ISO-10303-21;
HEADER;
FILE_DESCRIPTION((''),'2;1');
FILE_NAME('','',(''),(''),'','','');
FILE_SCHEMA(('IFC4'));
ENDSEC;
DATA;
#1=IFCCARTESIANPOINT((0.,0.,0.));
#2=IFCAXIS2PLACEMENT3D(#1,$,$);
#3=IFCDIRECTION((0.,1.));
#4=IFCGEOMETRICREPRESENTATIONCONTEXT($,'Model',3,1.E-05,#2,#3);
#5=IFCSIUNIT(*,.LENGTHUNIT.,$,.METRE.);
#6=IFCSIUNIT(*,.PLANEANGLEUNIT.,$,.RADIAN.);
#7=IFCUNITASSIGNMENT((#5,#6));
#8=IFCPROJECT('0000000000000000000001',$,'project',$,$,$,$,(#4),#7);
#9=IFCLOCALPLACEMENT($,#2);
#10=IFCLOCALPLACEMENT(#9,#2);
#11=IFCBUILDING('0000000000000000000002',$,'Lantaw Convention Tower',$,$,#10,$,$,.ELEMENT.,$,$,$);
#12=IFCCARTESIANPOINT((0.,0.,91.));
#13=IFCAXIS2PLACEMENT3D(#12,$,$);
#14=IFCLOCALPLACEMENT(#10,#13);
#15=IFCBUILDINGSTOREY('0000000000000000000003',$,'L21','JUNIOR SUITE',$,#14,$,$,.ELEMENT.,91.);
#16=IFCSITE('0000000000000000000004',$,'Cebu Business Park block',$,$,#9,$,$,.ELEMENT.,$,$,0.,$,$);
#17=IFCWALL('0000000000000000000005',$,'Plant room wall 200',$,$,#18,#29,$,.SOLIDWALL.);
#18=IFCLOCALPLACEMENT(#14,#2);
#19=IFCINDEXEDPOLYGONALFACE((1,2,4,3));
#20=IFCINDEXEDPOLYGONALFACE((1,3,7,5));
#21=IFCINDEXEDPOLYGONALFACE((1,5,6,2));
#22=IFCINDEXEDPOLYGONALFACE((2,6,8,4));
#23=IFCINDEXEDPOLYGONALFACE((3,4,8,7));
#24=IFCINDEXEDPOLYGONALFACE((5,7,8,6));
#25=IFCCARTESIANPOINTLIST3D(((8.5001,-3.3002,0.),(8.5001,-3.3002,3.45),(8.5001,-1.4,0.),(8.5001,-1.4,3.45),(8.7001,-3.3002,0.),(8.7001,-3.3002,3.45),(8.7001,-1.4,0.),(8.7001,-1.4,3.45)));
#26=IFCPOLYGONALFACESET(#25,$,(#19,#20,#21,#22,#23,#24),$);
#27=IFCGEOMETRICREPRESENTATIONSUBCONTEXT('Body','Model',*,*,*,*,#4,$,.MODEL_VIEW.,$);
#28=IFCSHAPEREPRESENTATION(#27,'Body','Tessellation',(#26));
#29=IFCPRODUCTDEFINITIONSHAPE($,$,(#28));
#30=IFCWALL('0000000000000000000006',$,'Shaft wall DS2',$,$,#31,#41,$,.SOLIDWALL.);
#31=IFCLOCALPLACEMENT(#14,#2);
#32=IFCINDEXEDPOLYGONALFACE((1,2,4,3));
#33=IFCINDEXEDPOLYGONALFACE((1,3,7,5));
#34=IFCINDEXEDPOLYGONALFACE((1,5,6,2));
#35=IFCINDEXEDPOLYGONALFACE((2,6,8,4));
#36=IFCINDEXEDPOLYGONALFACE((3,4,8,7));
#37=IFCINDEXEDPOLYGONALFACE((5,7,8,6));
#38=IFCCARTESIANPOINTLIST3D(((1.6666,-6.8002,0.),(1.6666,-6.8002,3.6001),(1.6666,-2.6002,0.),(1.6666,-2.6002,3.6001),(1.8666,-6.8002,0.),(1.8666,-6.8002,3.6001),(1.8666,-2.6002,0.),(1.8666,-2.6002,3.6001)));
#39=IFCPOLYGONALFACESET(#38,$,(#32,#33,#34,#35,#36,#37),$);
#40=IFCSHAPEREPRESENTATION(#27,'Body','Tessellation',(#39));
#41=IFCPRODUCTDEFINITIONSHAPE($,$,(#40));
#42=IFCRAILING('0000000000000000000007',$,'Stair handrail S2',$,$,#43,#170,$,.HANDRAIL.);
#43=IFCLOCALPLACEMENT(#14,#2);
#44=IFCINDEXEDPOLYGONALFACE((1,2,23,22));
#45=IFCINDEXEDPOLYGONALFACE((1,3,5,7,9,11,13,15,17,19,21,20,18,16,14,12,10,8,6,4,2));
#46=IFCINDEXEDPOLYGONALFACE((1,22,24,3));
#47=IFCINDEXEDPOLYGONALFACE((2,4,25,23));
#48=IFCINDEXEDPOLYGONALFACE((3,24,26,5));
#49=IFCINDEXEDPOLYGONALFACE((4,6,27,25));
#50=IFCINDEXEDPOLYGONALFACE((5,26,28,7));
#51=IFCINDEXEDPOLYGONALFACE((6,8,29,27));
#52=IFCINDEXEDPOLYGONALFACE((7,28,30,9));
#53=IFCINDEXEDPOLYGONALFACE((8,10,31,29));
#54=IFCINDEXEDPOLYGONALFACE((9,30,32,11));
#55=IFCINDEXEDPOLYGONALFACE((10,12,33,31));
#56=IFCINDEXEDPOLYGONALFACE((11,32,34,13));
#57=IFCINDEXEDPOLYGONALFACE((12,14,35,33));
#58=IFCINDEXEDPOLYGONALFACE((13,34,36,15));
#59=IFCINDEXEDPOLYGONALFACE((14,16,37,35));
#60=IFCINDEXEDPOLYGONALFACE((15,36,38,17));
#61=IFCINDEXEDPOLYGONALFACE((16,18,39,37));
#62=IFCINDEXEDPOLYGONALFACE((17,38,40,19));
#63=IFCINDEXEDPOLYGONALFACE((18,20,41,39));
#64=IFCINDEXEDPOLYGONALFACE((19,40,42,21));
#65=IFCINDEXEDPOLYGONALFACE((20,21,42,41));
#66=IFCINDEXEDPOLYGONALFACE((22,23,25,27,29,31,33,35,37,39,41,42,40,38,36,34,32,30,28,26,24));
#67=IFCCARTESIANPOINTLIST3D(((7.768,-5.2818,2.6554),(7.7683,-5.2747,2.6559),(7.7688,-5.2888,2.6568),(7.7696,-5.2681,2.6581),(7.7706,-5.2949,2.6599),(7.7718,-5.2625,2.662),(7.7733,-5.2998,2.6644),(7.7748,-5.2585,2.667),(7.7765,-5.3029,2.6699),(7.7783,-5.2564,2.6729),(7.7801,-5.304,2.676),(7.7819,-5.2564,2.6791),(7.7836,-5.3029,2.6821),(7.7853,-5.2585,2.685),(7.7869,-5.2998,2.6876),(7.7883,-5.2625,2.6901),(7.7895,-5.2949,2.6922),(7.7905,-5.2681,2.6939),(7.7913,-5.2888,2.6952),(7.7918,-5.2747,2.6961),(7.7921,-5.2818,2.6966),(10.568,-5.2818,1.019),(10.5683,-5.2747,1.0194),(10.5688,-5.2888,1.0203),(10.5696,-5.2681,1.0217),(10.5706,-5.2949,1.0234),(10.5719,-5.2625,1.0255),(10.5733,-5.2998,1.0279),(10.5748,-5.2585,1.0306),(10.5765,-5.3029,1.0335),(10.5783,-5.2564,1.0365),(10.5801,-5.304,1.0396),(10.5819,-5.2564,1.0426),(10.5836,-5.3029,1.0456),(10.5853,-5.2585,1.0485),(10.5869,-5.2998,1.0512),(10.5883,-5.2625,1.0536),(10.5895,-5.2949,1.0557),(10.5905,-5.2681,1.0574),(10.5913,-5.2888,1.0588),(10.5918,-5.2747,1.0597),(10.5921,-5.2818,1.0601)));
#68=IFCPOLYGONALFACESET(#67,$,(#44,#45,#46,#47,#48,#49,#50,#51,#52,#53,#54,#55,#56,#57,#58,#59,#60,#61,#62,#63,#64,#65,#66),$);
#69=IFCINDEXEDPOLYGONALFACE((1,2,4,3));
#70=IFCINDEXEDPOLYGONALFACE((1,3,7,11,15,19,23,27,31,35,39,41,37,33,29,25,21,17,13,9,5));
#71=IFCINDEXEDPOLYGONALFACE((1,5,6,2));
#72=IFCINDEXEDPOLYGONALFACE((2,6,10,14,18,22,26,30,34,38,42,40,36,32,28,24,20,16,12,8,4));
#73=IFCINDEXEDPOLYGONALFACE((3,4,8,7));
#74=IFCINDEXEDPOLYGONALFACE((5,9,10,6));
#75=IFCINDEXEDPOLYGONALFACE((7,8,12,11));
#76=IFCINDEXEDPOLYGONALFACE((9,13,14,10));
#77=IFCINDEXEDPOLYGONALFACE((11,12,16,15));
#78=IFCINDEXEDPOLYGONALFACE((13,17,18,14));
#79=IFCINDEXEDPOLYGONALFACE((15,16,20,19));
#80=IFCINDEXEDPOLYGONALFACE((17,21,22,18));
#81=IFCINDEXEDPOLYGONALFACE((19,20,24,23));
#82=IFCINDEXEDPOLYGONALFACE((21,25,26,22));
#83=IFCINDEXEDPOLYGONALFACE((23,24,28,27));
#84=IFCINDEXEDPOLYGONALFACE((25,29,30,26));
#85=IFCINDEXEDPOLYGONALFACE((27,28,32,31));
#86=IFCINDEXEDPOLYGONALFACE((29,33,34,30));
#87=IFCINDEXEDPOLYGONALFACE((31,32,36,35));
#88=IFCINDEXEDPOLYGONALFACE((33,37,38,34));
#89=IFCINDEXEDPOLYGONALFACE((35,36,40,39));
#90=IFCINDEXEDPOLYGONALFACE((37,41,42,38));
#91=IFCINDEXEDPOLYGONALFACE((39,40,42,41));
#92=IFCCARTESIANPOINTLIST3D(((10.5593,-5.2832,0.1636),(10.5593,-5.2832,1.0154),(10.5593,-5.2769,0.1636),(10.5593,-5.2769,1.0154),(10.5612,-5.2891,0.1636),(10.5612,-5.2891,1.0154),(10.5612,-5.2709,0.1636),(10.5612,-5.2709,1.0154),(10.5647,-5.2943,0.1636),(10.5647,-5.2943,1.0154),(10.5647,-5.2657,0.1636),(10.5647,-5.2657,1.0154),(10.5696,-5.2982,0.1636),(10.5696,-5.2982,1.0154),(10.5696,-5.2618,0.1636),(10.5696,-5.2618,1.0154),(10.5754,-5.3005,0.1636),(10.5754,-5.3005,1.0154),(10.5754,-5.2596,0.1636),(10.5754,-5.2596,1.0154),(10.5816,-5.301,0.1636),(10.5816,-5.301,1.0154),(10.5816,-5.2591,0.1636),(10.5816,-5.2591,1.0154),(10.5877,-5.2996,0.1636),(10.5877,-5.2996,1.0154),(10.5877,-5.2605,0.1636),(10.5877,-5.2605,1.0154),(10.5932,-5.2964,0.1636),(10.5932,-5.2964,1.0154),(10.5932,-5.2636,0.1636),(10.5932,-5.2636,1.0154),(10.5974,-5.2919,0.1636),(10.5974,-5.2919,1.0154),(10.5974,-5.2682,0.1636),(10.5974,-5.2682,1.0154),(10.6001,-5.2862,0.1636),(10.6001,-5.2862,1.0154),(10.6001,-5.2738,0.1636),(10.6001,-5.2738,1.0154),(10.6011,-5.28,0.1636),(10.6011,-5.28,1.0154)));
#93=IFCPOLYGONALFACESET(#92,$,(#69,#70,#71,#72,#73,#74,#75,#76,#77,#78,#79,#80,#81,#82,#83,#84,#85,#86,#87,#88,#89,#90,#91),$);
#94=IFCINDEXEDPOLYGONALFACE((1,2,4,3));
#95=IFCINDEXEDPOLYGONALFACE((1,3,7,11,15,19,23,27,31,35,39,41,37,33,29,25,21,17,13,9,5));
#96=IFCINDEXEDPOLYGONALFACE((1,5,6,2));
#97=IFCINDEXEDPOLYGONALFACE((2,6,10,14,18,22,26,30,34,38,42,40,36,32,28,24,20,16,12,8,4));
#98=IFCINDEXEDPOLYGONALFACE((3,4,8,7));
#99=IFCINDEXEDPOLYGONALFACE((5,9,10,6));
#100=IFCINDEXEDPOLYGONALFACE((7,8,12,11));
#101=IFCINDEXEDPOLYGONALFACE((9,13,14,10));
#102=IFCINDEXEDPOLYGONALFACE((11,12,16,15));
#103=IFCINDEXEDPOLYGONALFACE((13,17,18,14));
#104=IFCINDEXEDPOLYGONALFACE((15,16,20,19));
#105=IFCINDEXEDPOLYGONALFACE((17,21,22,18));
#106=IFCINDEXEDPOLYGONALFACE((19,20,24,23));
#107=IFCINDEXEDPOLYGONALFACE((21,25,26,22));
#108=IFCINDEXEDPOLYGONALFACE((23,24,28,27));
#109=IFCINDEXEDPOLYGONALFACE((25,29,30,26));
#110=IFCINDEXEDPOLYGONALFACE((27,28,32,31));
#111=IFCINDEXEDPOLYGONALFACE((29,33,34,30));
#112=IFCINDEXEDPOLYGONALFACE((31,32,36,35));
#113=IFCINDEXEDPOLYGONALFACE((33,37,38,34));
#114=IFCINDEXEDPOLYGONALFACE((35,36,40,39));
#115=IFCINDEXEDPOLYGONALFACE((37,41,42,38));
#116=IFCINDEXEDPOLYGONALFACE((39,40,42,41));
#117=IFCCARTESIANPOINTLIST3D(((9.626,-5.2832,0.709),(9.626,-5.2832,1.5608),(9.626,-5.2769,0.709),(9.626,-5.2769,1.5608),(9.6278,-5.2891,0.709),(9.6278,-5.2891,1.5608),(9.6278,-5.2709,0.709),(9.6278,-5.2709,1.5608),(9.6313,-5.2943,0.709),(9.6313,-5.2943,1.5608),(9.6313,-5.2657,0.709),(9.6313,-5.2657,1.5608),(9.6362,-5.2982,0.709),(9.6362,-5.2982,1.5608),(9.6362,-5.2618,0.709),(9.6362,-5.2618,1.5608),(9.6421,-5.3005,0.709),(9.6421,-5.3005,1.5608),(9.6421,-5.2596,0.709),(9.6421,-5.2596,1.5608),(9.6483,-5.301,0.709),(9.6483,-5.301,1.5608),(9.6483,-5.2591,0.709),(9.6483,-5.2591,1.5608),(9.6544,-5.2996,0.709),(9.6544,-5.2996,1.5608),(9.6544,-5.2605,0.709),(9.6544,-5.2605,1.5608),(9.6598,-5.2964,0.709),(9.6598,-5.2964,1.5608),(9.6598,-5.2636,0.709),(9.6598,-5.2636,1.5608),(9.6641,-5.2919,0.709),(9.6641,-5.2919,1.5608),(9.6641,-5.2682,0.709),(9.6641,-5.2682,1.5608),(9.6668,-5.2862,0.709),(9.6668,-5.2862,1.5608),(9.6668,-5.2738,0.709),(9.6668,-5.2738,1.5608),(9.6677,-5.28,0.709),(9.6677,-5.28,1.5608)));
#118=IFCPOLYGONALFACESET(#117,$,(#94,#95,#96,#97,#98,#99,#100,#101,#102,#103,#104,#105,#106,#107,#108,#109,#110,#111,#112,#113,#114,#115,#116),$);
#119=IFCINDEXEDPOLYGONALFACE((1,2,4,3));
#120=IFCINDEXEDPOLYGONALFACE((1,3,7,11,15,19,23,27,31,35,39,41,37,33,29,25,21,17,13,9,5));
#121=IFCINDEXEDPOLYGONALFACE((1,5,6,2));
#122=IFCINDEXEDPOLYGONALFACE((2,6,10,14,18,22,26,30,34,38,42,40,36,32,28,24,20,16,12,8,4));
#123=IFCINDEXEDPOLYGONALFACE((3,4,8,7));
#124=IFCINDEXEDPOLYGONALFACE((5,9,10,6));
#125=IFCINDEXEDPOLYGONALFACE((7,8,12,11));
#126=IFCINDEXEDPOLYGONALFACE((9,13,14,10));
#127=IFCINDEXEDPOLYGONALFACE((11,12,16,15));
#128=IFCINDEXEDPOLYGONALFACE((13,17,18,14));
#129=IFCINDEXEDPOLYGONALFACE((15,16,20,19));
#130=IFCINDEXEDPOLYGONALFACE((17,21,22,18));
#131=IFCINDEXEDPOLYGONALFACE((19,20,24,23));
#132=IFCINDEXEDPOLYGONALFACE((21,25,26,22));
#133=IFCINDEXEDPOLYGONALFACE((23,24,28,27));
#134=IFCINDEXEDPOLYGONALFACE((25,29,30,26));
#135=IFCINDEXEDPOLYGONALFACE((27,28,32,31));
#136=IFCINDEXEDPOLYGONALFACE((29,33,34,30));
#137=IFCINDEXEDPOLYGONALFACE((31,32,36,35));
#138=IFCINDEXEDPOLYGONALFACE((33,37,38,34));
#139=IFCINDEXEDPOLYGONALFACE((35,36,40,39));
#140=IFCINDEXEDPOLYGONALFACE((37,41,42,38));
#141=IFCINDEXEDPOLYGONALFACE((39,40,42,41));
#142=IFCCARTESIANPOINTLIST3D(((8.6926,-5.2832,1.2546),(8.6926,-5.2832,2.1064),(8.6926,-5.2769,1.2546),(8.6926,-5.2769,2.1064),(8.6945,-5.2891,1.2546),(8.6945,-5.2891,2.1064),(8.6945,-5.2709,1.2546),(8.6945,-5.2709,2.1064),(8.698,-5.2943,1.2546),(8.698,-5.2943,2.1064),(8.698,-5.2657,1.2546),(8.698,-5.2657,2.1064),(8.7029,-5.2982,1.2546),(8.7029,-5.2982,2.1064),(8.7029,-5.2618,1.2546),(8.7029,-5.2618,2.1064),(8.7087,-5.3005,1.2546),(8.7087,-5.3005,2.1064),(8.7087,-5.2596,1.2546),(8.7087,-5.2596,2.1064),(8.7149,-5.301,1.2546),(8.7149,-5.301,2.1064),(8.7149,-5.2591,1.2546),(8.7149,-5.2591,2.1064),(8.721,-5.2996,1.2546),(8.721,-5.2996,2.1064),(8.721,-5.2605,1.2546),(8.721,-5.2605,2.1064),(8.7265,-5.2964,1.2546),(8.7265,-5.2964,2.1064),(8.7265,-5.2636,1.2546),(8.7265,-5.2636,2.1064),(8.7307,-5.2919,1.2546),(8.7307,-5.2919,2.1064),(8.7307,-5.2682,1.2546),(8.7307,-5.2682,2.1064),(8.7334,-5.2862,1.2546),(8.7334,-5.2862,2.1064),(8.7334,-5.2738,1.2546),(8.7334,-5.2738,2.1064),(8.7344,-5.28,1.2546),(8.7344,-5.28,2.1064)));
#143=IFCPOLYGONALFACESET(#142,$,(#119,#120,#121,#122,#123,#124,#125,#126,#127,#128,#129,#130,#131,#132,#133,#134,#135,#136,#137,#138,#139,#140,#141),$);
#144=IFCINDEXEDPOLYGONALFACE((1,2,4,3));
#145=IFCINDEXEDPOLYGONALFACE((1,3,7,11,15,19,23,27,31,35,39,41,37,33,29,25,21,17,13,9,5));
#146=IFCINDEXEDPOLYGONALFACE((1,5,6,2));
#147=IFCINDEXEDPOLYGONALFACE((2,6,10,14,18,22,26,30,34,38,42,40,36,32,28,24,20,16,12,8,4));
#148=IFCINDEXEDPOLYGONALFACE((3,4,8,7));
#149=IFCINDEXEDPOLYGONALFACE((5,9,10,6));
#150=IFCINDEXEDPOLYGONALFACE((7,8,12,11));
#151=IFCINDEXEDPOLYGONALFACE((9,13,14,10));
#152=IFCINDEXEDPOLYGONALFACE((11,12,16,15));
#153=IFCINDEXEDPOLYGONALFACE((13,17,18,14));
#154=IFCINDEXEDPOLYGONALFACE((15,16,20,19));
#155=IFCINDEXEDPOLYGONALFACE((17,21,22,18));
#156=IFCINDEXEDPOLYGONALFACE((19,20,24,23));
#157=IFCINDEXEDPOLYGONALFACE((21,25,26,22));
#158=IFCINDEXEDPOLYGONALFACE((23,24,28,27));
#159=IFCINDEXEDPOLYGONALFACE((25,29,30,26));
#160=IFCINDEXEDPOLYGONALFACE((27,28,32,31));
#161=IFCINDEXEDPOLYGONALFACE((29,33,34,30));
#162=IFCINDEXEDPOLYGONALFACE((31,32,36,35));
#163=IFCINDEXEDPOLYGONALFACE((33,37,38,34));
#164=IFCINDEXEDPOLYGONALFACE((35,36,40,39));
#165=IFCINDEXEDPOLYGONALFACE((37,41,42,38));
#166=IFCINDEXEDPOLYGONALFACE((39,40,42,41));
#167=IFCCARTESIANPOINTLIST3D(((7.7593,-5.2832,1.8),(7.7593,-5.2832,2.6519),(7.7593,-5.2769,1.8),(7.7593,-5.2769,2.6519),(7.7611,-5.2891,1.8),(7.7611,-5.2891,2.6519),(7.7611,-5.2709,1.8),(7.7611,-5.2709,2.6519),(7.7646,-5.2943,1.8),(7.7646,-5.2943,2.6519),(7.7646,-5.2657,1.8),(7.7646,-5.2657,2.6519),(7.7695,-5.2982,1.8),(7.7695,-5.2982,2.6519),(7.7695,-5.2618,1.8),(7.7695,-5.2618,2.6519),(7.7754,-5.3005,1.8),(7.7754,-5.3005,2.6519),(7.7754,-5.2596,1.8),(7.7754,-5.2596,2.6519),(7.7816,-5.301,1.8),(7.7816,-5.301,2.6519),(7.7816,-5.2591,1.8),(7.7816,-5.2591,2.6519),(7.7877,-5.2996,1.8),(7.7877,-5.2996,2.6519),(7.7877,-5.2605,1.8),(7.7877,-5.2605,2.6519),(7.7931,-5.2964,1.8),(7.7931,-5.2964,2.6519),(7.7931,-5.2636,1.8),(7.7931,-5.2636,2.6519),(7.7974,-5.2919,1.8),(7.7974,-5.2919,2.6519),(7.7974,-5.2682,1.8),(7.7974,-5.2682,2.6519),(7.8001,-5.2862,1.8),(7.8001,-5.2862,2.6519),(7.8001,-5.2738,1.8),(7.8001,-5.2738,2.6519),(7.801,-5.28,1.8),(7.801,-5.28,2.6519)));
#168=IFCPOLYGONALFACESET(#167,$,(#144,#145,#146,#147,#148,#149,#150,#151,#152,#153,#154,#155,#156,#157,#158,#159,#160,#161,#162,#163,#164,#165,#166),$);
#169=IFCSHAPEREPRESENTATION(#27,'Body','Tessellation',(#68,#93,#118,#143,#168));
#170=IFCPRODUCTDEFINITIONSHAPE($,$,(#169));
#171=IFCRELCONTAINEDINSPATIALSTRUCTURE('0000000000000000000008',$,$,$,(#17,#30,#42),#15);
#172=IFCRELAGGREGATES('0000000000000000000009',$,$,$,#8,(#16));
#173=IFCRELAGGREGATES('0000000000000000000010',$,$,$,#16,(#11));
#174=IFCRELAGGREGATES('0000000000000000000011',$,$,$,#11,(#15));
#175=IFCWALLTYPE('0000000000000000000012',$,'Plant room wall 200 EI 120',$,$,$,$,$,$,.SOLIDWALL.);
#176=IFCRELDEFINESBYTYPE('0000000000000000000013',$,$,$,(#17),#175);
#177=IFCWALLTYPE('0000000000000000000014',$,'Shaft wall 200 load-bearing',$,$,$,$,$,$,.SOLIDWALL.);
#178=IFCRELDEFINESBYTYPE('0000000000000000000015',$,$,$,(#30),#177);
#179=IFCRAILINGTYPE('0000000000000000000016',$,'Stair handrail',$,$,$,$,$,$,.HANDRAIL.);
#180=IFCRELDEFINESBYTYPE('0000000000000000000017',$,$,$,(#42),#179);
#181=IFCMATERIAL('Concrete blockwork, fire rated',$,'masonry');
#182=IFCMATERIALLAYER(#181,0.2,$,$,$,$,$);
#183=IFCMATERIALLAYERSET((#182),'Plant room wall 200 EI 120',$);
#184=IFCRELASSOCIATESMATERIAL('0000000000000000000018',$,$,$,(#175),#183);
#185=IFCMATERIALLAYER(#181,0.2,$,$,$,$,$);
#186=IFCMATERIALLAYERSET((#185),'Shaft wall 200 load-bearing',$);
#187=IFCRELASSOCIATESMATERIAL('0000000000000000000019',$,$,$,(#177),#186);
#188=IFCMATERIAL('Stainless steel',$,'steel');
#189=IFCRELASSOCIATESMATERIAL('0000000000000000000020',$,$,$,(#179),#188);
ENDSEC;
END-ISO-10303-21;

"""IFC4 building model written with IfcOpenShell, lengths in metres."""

from ifc_helpers import new_model, si_unit, direction, frame, frame_2d, origin, origin_2d, place, context, subcontext, project, spatial, rectangle, circle, extrude, material, layer, layer_set, type_object, element, save


model = new_model("IFC4")

# Units and contexts
model_context = context("Model", 3, precision=1e-05, world=origin(), true_north=direction((0.0, 1.0)))
body_context = subcontext(model_context, "Body", "Model", "MODEL_VIEW")
ifc_project = project(units=[si_unit("LENGTHUNIT", "METRE"), si_unit("PLANEANGLEUNIT", "RADIAN")], contexts=[model_context])

# Site, building, storey
site_placement = place(None, origin())
site = spatial("IfcSite", under=ifc_project, at=site_placement, Name="Cebu Business Park block", CompositionType="ELEMENT", RefElevation=0.0)
building_placement = place(site_placement, origin())
building = spatial("IfcBuilding", under=site, at=building_placement, Name="Lantaw Convention Tower", CompositionType="ELEMENT")
storey_placement = place(building_placement, frame((0.0, 0.0, 91.0)))
storey = spatial("IfcBuildingStorey", under=building, at=storey_placement, Name="L21", Description="JUNIOR SUITE", CompositionType="ELEMENT", Elevation=91.0)

# Shared definitions
ifc_material_1 = material(Name="Concrete blockwork, fire rated", Category="masonry")
ifc_layer_1 = layer(ifc_material_1, 0.2)
ifc_layer_set_1 = layer_set([ifc_layer_1], Name="Plant room wall 200 EI 120")
wall_type_1 = type_object("IfcWallType", Name="Plant room wall 200 EI 120", PredefinedType="SOLIDWALL", material=ifc_layer_set_1)

# Walls
wall_1_placement = place(storey_placement, frame((8.6001, -1.3999, 0.0), z_axis=(0.0, 0.0, 1.0), x_axis=(0.0, -1.0, 0.0)))
element("IfcWall", 1, at=wall_1_placement, inside=storey, type_object=wall_type_1, Name="Plant room wall 200", PredefinedType="SOLIDWALL", context=body_context, shape_type="SweptSolid", body=[
    extrude(rectangle(XDim=1.9001, YDim=0.2, at=frame_2d((0.9502, 0.0))), origin(), (0.0, 0.0, 1.0), 3.45),
])
ifc_layer_2 = layer(ifc_material_1, 0.2)
ifc_layer_set_2 = layer_set([ifc_layer_2], Name="Shaft wall 200 load-bearing")
wall_type_2 = type_object("IfcWallType", Name="Shaft wall 200 load-bearing", PredefinedType="SOLIDWALL", material=ifc_layer_set_2)
wall_2_placement = place(storey_placement, frame((1.7666, -2.6001, 0.0), z_axis=(0.0, 0.0, 1.0), x_axis=(0.0, -1.0, 0.0)))
element("IfcWall", 2, at=wall_2_placement, inside=storey, type_object=wall_type_2, Name="Shaft wall DS2", PredefinedType="SOLIDWALL", context=body_context, shape_type="SweptSolid", body=[
    extrude(rectangle(XDim=4.2, YDim=0.2, at=frame_2d((2.1001, 0.0))), origin(), (0.0, 0.0, 1.0), 3.6001),
])

# Railing
ifc_material_2 = material(Name="Stainless steel", Category="steel")
railing_type = type_object("IfcRailingType", Name="Stair handrail", PredefinedType="HANDRAIL", material=ifc_material_2)
railing_1_placement = place(storey_placement, frame((10.5801, -5.28, 0.1636)))
element("IfcRailing", 3, at=railing_1_placement, inside=storey, type_object=railing_type, Name="Stair handrail S2", PredefinedType="HANDRAIL", context=body_context, shape_type="SweptSolid", body=[
    extrude(circle(Radius=0.0239, at=origin_2d()), frame((0.0, 0.0, 0.876), z_axis=(-0.863361, 0.0, 0.504587), x_axis=(0.0, -1.0, 0.0)), (0.0, 0.0, 1.0), 3.2432),
    extrude(circle(Radius=0.021, at=origin_2d()), origin(), (0.0, 0.0, 1.0), 0.8518),
    extrude(circle(Radius=0.021, at=origin_2d()), frame((-0.9333, 0.0, 0.5454)), (0.0, 0.0, 1.0), 0.8518),
    extrude(circle(Radius=0.021, at=origin_2d()), frame((-1.8667, 0.0, 1.0911)), (0.0, 0.0, 1.0), 0.8518),
    extrude(circle(Radius=0.021, at=origin_2d()), frame((-2.8, 0.0, 1.6365)), (0.0, 0.0, 1.0), 0.8518),
])

save(model, "model.ifc")
